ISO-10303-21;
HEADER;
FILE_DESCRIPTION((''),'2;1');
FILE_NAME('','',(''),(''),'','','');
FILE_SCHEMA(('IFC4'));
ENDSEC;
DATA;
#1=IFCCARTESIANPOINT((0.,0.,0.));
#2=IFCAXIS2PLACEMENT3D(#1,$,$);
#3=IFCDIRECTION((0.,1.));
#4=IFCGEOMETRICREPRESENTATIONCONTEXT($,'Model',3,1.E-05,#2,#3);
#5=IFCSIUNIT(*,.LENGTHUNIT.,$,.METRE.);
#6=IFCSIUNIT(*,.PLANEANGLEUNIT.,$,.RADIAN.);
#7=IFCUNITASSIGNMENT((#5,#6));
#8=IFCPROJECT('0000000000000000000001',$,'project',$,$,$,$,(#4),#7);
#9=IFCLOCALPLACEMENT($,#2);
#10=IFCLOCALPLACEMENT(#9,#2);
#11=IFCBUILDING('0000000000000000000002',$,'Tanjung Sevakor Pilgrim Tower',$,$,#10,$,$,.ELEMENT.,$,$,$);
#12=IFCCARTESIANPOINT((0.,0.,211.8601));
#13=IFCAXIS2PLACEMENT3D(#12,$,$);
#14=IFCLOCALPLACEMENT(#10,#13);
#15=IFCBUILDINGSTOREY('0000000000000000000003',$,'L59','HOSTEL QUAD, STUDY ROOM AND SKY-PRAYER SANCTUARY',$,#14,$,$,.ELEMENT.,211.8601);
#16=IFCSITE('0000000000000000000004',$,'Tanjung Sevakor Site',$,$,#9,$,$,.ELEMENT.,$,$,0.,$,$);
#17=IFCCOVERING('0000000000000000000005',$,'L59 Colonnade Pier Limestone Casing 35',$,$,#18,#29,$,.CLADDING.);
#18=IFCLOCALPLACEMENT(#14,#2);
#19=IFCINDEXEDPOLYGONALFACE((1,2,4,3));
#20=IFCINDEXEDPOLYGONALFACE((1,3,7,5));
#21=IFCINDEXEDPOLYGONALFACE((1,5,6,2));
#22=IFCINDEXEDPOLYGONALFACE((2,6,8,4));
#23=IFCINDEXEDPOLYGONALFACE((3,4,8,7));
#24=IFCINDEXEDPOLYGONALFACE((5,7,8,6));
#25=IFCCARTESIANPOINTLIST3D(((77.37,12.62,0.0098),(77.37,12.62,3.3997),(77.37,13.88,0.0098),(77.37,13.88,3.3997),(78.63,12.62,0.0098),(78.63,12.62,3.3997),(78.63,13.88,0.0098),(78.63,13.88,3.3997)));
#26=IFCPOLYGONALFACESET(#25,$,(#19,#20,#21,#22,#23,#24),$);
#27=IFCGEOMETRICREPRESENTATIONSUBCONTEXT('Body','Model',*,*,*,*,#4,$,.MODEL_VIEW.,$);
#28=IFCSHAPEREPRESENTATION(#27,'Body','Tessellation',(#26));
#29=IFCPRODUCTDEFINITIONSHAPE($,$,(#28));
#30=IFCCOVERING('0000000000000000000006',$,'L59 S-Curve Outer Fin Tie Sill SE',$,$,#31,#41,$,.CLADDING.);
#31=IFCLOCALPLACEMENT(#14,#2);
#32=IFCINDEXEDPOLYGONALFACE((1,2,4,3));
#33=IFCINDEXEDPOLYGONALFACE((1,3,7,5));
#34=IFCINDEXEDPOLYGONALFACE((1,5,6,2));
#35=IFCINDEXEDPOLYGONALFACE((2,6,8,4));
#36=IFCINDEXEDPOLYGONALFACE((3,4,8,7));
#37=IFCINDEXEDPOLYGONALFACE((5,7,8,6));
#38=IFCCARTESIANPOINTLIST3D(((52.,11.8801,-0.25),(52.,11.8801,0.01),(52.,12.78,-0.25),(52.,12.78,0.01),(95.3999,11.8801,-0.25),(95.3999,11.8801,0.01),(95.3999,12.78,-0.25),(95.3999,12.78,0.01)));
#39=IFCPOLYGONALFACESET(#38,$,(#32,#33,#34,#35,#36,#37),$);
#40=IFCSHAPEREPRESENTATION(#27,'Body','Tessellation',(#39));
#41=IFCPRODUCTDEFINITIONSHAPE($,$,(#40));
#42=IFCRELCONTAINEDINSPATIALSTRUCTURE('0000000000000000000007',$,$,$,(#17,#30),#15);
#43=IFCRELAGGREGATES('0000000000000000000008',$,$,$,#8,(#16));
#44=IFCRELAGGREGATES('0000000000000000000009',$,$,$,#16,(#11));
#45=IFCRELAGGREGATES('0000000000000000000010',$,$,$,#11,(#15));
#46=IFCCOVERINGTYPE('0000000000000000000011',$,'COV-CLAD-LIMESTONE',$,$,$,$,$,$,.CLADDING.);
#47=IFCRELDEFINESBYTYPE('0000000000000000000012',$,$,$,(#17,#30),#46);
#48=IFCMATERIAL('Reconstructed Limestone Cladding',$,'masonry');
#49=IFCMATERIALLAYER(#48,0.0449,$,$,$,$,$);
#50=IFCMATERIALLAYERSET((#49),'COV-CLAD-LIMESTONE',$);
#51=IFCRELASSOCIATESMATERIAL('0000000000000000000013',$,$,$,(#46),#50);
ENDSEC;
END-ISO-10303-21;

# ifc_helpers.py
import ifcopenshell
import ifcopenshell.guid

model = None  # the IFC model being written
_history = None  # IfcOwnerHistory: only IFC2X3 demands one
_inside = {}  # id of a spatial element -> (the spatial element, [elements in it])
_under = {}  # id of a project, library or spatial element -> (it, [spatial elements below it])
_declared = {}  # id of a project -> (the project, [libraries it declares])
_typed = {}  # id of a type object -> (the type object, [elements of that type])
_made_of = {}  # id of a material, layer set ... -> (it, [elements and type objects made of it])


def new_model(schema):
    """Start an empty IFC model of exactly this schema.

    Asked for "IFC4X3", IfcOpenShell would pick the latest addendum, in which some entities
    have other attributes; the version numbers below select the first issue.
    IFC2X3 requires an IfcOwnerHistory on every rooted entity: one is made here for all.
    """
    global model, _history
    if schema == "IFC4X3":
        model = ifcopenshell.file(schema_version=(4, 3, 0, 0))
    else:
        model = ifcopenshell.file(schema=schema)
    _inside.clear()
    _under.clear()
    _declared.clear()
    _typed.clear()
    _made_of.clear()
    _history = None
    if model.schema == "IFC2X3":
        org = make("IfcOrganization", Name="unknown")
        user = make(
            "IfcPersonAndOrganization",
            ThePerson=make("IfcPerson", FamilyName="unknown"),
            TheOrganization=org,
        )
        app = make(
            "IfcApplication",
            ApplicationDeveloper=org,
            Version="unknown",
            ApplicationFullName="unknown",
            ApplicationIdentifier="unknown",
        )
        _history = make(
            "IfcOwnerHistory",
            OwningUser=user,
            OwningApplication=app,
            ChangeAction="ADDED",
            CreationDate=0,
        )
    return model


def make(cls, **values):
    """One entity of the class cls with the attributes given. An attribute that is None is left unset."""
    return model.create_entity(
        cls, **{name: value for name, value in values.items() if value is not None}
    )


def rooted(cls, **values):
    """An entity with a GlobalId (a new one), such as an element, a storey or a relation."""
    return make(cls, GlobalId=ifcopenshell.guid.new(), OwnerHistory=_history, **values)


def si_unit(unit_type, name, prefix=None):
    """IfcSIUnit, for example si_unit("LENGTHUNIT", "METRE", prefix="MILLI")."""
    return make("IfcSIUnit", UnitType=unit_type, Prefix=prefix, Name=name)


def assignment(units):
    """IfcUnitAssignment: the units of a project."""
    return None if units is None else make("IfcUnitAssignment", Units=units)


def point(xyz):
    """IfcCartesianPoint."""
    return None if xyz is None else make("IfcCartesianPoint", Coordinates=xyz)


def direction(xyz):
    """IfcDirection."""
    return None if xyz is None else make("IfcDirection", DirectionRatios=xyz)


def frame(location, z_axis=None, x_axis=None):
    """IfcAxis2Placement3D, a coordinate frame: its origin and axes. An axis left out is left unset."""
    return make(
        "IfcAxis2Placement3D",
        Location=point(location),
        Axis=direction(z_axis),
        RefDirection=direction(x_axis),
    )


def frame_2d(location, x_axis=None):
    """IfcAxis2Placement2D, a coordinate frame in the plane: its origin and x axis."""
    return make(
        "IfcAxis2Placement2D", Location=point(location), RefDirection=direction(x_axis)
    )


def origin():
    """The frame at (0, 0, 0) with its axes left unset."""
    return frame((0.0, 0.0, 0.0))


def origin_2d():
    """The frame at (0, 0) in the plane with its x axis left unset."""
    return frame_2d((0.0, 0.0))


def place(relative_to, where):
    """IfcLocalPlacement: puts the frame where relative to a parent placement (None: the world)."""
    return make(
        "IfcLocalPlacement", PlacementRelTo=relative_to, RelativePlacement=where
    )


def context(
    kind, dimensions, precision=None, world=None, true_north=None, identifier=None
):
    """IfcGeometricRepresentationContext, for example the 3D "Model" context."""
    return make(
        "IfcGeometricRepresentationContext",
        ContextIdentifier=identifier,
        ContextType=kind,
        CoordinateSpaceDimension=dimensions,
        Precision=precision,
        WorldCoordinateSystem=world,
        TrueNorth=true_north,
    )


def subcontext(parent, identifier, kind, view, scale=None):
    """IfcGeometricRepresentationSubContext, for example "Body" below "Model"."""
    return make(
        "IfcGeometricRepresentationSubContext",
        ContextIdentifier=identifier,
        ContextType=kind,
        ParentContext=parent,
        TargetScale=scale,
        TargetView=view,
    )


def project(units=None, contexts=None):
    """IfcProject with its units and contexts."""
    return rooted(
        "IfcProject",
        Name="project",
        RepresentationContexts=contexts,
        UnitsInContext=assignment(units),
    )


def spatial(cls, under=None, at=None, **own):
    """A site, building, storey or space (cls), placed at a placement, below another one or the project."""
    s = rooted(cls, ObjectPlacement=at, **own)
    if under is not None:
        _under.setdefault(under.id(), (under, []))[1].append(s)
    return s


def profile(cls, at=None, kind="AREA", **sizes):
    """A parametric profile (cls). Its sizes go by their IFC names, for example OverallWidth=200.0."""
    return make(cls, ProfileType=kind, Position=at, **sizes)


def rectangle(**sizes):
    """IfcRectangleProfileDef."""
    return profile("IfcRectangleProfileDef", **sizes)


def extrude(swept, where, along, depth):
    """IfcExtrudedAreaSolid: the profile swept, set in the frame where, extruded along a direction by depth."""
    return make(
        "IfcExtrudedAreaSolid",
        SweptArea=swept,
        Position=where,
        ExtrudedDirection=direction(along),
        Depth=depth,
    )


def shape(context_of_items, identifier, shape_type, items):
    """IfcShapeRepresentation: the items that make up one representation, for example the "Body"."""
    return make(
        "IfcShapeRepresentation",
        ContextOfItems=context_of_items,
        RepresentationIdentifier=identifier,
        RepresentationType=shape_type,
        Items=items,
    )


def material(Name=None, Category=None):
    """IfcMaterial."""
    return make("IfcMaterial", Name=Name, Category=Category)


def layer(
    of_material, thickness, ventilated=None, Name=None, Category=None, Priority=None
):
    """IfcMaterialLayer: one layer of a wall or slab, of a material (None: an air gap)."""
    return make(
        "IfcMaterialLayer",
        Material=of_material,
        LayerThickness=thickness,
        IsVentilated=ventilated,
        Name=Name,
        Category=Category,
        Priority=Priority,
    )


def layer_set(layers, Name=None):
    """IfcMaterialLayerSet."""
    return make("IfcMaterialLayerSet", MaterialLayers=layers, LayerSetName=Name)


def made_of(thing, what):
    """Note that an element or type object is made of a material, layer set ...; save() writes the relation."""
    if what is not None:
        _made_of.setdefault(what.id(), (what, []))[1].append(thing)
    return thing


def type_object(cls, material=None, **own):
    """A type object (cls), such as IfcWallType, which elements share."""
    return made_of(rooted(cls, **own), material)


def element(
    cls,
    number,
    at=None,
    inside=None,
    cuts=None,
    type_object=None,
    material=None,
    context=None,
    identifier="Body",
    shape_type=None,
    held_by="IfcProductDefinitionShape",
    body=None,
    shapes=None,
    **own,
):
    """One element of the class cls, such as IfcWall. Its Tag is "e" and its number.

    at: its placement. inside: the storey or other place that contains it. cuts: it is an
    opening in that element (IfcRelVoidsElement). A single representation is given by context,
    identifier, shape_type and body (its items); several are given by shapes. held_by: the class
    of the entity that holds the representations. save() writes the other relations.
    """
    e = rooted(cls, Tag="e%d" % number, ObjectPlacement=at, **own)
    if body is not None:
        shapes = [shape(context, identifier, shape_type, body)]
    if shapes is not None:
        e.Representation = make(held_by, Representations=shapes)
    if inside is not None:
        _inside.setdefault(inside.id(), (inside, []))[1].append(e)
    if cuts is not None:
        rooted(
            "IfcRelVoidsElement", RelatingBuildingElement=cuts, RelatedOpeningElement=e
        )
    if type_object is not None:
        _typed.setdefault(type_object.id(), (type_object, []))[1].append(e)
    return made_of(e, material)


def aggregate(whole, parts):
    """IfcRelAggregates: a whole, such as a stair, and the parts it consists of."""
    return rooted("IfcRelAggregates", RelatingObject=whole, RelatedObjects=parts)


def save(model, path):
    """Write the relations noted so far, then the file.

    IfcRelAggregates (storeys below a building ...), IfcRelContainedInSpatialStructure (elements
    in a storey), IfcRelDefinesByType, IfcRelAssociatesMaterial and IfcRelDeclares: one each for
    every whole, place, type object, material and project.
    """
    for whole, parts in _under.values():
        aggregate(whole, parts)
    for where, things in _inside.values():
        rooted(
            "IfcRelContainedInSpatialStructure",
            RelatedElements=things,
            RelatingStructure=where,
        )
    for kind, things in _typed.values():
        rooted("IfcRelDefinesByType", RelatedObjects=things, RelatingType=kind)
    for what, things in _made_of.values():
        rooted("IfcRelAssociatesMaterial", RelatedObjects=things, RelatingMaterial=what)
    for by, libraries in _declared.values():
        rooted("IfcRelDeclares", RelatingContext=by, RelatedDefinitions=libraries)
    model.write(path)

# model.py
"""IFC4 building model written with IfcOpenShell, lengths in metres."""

from ifc_helpers import new_model, si_unit, direction, frame, origin, origin_2d, place, context, subcontext, project, spatial, rectangle, extrude, material, layer, layer_set, type_object, element, save


model = new_model("IFC4")

# Units and contexts
model_context = context("Model", 3, precision=1e-05, world=origin(), true_north=direction((0.0, 1.0)))
body_context = subcontext(model_context, "Body", "Model", "MODEL_VIEW")
ifc_project = project(units=[si_unit("LENGTHUNIT", "METRE"), si_unit("PLANEANGLEUNIT", "RADIAN")], contexts=[model_context])

# Site, building, storey
site_placement = place(None, origin())
site = spatial("IfcSite", under=ifc_project, at=site_placement, Name="Tanjung Sevakor Site", CompositionType="ELEMENT", RefElevation=0.0)
building_placement = place(site_placement, origin())
building = spatial("IfcBuilding", under=site, at=building_placement, Name="Tanjung Sevakor Pilgrim Tower", CompositionType="ELEMENT")
storey_placement = place(building_placement, frame((0.0, 0.0, 211.8601)))
storey = spatial("IfcBuildingStorey", under=building, at=storey_placement, Name="L59", Description="HOSTEL QUAD, STUDY ROOM AND SKY-PRAYER SANCTUARY", CompositionType="ELEMENT", Elevation=211.8601)

# Coverings
ifc_material_1 = material(Name="Reconstructed Limestone Cladding", Category="masonry")
ifc_layer_1 = layer(ifc_material_1, 0.0449)
ifc_layer_set_1 = layer_set([ifc_layer_1], Name="COV-CLAD-LIMESTONE")
covering_type = type_object("IfcCoveringType", Name="COV-CLAD-LIMESTONE", PredefinedType="CLADDING", material=ifc_layer_set_1)
for number, where, z_axis, x_axis, name in (
    (1, (78.0, 13.25, 0.0098), (0.0, 0.0, 1.0), (1.0, 0.0, 0.0), "L59 Colonnade Pier Limestone Casing 35"),
):
    element("IfcCovering", number, at=place(storey_placement, frame(where, z_axis=z_axis, x_axis=x_axis)), inside=storey, type_object=covering_type, Name=name, PredefinedType="CLADDING", context=body_context, shape_type="SweptSolid", body=[
        extrude(rectangle(XDim=1.26, YDim=1.26, at=origin_2d()), origin(), (0.0, 0.0, 1.0), 3.3899),
    ])
covering_placement = place(storey_placement, frame((73.7, 12.3301, -0.25), z_axis=(0.0, 0.0, 1.0), x_axis=(1.0, 0.0, 0.0)))
element("IfcCovering", 2, at=covering_placement, inside=storey, type_object=covering_type, Name="L59 S-Curve Outer Fin Tie Sill SE", PredefinedType="CLADDING", context=body_context, shape_type="SweptSolid", body=[
    extrude(rectangle(XDim=43.3999, YDim=0.8999, at=origin_2d()), origin(), (0.0, 0.0, 1.0), 0.26),
])

save(model, "model.ifc")
